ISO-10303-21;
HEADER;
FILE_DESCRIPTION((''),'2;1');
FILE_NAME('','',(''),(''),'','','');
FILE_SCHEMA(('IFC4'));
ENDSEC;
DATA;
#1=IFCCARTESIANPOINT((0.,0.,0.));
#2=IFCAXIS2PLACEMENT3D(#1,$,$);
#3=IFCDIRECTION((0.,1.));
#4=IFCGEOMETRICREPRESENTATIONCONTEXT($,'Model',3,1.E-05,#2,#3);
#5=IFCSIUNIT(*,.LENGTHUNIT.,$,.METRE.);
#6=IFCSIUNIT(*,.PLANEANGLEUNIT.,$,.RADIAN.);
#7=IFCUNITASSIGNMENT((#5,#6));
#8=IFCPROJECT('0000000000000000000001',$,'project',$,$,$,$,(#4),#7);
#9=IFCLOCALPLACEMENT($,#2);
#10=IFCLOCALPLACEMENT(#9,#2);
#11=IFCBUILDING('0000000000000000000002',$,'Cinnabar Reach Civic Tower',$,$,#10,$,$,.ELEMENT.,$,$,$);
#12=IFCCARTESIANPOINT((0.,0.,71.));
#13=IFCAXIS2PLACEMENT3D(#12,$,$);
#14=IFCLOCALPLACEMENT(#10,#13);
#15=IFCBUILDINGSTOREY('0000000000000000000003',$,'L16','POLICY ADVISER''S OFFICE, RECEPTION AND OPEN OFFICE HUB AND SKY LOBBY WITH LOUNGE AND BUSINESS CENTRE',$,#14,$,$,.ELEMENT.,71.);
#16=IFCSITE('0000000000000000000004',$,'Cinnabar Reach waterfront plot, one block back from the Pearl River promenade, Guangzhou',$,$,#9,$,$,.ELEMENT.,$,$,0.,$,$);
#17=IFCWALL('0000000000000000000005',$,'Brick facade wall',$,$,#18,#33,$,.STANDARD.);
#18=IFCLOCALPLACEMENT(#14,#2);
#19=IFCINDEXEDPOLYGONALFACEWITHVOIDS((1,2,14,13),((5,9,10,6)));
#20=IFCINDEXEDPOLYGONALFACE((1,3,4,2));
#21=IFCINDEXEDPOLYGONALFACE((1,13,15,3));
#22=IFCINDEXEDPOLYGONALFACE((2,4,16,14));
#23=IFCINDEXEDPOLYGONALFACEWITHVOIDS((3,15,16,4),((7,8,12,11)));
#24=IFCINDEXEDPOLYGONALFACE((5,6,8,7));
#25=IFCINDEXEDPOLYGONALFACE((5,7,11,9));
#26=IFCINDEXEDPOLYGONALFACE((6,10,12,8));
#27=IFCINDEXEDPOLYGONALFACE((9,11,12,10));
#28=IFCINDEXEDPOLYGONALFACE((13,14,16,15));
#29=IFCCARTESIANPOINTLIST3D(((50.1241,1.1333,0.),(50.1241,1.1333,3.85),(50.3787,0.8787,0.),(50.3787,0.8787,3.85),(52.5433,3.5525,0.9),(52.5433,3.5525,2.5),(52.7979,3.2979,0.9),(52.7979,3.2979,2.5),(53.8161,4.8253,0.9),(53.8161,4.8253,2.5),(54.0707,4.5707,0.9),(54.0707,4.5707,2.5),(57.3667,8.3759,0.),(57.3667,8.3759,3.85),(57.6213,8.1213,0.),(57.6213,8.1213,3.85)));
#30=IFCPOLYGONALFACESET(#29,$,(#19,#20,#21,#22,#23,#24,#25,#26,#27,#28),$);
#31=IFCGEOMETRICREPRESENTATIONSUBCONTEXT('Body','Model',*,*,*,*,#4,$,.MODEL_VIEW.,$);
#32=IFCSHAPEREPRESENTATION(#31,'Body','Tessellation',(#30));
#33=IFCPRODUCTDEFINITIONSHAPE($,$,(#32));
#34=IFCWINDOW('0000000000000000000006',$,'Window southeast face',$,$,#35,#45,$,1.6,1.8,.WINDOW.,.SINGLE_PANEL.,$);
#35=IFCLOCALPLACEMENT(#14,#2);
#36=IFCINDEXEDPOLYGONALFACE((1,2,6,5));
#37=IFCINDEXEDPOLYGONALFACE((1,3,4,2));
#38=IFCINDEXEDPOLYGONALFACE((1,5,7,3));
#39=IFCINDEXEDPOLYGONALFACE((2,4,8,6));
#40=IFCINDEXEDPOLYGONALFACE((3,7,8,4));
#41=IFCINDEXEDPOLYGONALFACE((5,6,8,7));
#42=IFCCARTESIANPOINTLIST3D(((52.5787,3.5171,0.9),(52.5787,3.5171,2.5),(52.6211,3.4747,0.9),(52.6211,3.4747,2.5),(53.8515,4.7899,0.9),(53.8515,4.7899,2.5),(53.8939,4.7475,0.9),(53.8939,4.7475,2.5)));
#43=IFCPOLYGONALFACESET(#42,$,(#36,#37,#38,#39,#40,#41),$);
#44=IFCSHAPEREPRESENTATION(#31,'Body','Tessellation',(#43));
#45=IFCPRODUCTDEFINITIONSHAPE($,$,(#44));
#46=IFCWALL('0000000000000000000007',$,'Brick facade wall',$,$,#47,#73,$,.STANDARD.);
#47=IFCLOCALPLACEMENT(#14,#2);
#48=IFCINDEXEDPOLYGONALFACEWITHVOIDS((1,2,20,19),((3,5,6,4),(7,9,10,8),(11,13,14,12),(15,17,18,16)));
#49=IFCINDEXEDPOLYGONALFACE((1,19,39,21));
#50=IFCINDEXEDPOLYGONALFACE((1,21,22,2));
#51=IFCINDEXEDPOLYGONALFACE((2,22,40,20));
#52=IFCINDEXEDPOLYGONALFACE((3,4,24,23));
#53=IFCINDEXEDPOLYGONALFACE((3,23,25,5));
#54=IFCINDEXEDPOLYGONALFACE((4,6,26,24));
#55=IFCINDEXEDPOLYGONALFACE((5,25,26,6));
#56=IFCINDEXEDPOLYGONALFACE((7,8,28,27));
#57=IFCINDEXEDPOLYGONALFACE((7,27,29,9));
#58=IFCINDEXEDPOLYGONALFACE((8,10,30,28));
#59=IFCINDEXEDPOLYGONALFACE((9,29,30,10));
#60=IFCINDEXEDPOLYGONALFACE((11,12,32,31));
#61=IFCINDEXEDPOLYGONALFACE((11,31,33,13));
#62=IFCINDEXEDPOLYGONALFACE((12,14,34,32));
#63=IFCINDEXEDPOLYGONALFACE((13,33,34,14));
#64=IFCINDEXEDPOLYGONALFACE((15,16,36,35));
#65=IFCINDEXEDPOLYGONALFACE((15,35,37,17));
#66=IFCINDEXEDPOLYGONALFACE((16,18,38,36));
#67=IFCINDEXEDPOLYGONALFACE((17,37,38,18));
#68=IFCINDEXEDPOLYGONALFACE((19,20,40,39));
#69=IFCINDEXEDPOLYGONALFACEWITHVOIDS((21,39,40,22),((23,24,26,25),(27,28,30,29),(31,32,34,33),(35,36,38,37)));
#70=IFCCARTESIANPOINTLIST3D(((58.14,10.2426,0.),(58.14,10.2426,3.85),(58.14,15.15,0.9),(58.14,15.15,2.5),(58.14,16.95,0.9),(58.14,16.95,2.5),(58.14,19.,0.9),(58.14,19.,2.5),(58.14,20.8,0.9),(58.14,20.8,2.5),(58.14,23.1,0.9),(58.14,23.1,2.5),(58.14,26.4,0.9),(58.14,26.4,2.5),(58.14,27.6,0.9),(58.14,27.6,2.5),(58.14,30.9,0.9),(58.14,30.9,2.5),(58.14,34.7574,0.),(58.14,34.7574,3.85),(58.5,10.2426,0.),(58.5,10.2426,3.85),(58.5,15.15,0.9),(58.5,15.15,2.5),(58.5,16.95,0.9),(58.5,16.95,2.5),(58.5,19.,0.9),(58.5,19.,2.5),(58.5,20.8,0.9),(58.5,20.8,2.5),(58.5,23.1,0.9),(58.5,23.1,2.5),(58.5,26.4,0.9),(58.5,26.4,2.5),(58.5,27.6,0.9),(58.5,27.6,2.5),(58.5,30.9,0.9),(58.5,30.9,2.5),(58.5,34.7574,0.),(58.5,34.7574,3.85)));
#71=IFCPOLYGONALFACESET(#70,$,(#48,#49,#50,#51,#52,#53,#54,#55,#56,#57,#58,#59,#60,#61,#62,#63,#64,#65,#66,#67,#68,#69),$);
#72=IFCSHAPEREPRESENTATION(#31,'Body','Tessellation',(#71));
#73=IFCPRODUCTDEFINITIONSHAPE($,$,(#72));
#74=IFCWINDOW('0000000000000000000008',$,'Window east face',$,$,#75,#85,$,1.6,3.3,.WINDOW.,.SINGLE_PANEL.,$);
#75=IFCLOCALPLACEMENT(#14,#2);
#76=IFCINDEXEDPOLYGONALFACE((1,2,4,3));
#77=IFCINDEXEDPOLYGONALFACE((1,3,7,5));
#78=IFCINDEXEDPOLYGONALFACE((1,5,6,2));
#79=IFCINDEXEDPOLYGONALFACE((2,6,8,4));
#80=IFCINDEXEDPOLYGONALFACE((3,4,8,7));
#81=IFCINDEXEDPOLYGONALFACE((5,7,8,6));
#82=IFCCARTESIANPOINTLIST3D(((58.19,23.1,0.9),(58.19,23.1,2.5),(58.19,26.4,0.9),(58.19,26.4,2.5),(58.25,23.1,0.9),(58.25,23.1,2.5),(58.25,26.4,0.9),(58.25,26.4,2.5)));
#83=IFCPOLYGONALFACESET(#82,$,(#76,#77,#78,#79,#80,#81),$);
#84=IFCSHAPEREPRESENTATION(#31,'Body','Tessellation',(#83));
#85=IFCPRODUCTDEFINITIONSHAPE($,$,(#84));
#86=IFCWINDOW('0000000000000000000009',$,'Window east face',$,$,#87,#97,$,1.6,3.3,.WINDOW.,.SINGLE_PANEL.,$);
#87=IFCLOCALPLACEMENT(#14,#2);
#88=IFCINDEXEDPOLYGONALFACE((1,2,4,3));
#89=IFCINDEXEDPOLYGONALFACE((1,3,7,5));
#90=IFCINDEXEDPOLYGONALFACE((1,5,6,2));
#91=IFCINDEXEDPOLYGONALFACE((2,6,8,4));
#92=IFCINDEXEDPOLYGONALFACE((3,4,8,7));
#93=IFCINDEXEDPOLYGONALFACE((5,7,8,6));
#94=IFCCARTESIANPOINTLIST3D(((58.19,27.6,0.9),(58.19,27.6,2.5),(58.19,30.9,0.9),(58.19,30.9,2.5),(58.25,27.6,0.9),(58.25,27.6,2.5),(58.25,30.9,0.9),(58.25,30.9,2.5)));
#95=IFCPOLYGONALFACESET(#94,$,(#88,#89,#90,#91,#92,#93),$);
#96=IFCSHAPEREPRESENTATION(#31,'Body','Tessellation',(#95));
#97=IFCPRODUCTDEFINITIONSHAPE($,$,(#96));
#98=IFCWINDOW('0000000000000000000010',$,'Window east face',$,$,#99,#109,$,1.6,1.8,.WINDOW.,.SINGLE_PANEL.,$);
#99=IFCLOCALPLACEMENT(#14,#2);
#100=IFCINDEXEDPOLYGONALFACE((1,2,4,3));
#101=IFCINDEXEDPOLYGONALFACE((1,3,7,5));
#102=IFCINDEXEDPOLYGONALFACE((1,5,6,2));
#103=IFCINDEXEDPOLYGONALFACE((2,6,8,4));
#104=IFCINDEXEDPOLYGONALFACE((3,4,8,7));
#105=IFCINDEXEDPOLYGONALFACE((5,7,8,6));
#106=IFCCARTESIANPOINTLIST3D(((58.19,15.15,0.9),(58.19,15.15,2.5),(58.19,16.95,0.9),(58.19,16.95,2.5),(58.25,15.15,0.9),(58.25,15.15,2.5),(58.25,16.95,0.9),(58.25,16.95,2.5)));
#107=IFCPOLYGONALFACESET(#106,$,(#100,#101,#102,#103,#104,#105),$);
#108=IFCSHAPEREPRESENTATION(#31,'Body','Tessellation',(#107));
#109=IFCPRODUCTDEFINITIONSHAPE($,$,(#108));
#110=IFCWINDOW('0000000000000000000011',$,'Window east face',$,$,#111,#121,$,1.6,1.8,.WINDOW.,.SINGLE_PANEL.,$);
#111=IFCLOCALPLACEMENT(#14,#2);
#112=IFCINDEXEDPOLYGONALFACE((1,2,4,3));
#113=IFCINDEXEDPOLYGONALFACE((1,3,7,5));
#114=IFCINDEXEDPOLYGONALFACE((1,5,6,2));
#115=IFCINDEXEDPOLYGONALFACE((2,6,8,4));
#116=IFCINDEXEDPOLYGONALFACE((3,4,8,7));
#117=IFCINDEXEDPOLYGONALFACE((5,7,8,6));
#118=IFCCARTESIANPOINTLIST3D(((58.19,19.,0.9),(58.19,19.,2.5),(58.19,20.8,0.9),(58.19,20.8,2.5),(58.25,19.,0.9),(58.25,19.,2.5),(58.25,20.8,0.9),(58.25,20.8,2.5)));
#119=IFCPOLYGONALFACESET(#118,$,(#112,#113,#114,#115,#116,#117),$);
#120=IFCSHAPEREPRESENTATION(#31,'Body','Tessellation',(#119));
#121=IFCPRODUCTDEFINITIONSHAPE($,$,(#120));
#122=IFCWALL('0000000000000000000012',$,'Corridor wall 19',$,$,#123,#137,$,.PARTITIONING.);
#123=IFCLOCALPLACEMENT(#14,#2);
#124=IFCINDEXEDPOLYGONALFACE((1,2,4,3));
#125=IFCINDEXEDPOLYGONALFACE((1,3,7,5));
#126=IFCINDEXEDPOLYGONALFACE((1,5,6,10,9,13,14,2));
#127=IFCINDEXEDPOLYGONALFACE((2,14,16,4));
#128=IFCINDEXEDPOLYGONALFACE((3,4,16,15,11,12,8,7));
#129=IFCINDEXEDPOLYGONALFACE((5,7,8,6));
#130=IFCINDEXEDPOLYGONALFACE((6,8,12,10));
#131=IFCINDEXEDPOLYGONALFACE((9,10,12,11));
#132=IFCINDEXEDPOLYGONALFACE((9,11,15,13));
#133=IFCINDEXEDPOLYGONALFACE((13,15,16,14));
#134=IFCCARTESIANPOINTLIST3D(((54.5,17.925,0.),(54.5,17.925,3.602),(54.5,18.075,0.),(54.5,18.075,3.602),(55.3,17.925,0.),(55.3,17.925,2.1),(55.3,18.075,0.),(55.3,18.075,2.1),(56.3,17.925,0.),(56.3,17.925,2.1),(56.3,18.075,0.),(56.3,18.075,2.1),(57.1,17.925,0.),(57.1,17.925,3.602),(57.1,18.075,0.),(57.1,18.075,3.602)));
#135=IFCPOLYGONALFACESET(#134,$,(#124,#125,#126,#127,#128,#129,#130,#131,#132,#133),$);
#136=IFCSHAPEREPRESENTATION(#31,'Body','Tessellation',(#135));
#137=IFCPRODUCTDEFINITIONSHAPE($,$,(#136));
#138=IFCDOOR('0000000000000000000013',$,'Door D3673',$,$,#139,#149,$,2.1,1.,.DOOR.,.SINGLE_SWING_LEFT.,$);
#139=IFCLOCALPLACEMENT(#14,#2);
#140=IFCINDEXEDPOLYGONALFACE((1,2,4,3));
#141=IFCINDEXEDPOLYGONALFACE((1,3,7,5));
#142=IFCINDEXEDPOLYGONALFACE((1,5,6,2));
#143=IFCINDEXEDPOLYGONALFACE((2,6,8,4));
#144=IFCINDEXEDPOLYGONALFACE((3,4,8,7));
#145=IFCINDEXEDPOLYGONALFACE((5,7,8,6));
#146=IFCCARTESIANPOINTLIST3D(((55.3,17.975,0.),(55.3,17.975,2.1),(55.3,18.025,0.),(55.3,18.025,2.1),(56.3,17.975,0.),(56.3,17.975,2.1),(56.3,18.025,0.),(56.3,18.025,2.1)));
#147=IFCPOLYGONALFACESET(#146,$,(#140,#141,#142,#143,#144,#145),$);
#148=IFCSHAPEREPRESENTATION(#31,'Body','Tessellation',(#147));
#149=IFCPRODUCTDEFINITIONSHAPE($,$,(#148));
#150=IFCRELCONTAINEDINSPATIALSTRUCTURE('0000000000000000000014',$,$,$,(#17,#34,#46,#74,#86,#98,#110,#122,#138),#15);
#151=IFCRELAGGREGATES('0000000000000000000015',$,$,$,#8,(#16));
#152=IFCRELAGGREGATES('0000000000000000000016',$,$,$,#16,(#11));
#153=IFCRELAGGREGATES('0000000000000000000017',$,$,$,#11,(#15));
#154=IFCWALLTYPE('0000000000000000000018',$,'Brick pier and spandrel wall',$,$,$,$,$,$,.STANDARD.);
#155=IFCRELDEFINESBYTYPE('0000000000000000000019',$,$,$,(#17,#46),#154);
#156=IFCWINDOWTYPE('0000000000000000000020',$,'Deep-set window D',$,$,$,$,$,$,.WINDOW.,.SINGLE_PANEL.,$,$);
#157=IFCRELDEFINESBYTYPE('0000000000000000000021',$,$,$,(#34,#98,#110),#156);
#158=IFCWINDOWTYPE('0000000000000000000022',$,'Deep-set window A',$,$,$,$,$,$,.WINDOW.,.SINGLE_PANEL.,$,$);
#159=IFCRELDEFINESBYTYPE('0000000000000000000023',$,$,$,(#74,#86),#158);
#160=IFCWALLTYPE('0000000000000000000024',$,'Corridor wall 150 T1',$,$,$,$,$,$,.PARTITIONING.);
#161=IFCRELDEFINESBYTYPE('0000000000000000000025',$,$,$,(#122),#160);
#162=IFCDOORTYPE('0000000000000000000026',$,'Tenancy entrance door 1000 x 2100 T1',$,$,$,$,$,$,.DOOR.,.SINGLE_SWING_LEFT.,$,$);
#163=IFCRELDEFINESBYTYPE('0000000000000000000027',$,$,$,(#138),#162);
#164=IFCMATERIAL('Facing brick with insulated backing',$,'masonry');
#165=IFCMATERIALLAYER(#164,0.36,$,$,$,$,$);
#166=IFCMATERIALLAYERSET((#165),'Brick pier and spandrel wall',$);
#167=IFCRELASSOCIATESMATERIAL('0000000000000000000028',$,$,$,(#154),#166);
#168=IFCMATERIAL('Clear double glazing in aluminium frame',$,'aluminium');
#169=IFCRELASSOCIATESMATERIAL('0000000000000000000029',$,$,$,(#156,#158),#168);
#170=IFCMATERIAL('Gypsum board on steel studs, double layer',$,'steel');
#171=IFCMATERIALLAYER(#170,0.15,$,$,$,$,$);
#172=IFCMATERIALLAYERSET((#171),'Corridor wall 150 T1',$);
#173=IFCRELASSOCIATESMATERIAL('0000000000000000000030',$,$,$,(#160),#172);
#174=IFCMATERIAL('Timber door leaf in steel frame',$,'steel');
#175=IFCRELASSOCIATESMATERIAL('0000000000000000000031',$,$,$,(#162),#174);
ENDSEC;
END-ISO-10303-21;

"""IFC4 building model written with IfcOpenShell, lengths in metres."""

from ifc_helpers import new_model, si_unit, direction, frame, frame_2d, origin, place, context, subcontext, project, spatial, rectangle, extrude, material, layer, layer_set, type_object, element, fill, save


model = new_model("IFC4")

# Units and contexts
model_context = context("Model", 3, precision=1e-05, world=origin(), true_north=direction((0.0, 1.0)))
body_context = subcontext(model_context, "Body", "Model", "MODEL_VIEW")
ifc_project = project(units=[si_unit("LENGTHUNIT", "METRE"), si_unit("PLANEANGLEUNIT", "RADIAN")], contexts=[model_context])

# Site, building, storey
site_placement = place(None, origin())
site = spatial("IfcSite", under=ifc_project, at=site_placement, Name="Cinnabar Reach waterfront plot, one block back from the Pearl River promenade, Guangzhou", CompositionType="ELEMENT", RefElevation=0.0)
building_placement = place(site_placement, origin())
building = spatial("IfcBuilding", under=site, at=building_placement, Name="Cinnabar Reach Civic Tower", CompositionType="ELEMENT")
storey_placement = place(building_placement, frame((0.0, 0.0, 71.0)))
storey = spatial("IfcBuildingStorey", under=building, at=storey_placement, Name="L16", Description="POLICY ADVISER'S OFFICE, RECEPTION AND OPEN OFFICE HUB AND SKY LOBBY WITH LOUNGE AND BUSINESS CENTRE", CompositionType="ELEMENT", Elevation=71.0)

# Shared definitions
ifc_material_1 = material(Name="Facing brick with insulated backing", Category="masonry")

# Wall, opening, window
ifc_layer_1 = layer(ifc_material_1, 0.36)
ifc_layer_set_1 = layer_set([ifc_layer_1], Name="Brick pier and spandrel wall")
wall_type_1 = type_object("IfcWallType", Name="Brick pier and spandrel wall", PredefinedType="STANDARD", material=ifc_layer_set_1)
wall_1_placement = place(storey_placement, frame((50.2514, 1.006, 0.0), z_axis=(0.0, 0.0, 1.0), x_axis=(0.707107, 0.707107, 0.0)))
wall_1 = element("IfcWall", 1, at=wall_1_placement, inside=storey, type_object=wall_type_1, Name="Brick facade wall", PredefinedType="STANDARD", context=body_context, shape_type="SweptSolid", body=[
    extrude(rectangle(XDim=10.2426, YDim=0.36, at=frame_2d((5.1213, 0.0))), origin(), (0.0, 0.0, 1.0), 3.85),
])
opening_1_placement = place(wall_1_placement, frame((3.4213, 0.0, 0.9)))
opening_1 = element("IfcOpeningElement", 2, at=opening_1_placement, cuts=wall_1, PredefinedType="OPENING", context=body_context, shape_type="SweptSolid", body=[
    extrude(rectangle(XDim=1.8, YDim=1.6, at=frame_2d((0.9, 0.8))), frame((0.0, 0.19, 0.0), z_axis=(0.0, -1.0, 0.0), x_axis=(1.0, 0.0, 0.0)), (0.0, 0.0, 1.0), 0.38),
])
ifc_material_2 = material(Name="Clear double glazing in aluminium frame", Category="aluminium")
window_type_1 = type_object("IfcWindowType", Name="Deep-set window D", PartitioningType="SINGLE_PANEL", PredefinedType="WINDOW", material=ifc_material_2)
window_1_placement = place(opening_1_placement, origin())
window_1 = element("IfcWindow", 3, at=window_1_placement, inside=storey, type_object=window_type_1, Name="Window southeast face", OverallHeight=1.6, OverallWidth=1.8, PartitioningType="SINGLE_PANEL", PredefinedType="WINDOW", context=body_context, shape_type="SweptSolid", body=[
    extrude(rectangle(XDim=1.8, YDim=1.6, at=frame_2d((0.9, 0.8))), frame((0.0, 0.13, 0.0), z_axis=(0.0, -1.0, 0.0), x_axis=(1.0, 0.0, 0.0)), (0.0, 0.0, 1.0), 0.06),
])
fill(opening_1, window_1)

# Wall, openings, windows
wall_2_placement = place(storey_placement, frame((58.32, 10.2426, 0.0), z_axis=(0.0, 0.0, 1.0), x_axis=(0.0, 1.0, 0.0)))
wall_2 = element("IfcWall", 4, at=wall_2_placement, inside=storey, type_object=wall_type_1, Name="Brick facade wall", PredefinedType="STANDARD", context=body_context, shape_type="SweptSolid", body=[
    extrude(rectangle(XDim=24.5148, YDim=0.36, at=frame_2d((12.2574, 0.0))), origin(), (0.0, 0.0, 1.0), 3.85),
])
opening_2_placement = place(wall_2_placement, frame((4.9074, 0.0, 0.9)))
opening_2 = element("IfcOpeningElement", 5, at=opening_2_placement, cuts=wall_2, PredefinedType="OPENING", context=body_context, shape_type="SweptSolid", body=[
    extrude(rectangle(XDim=1.8, YDim=1.6, at=frame_2d((0.9, 0.8))), frame((0.0, 0.19, 0.0), z_axis=(0.0, -1.0, 0.0), x_axis=(1.0, 0.0, 0.0)), (0.0, 0.0, 1.0), 0.38),
])
opening_3_placement = place(wall_2_placement, frame((8.7574, 0.0, 0.9)))
opening_3 = element("IfcOpeningElement", 6, at=opening_3_placement, cuts=wall_2, PredefinedType="OPENING", context=body_context, shape_type="SweptSolid", body=[
    extrude(rectangle(XDim=1.8, YDim=1.6, at=frame_2d((0.9, 0.8))), frame((0.0, 0.19, 0.0), z_axis=(0.0, -1.0, 0.0), x_axis=(1.0, 0.0, 0.0)), (0.0, 0.0, 1.0), 0.38),
])
opening_4_placement = place(wall_2_placement, frame((12.8574, 0.0, 0.9)))
opening_4 = element("IfcOpeningElement", 7, at=opening_4_placement, cuts=wall_2, PredefinedType="OPENING", context=body_context, shape_type="SweptSolid", body=[
    extrude(rectangle(XDim=3.3, YDim=1.6, at=frame_2d((1.65, 0.8))), frame((0.0, 0.19, 0.0), z_axis=(0.0, -1.0, 0.0), x_axis=(1.0, 0.0, 0.0)), (0.0, 0.0, 1.0), 0.38),
])
opening_5_placement = place(wall_2_placement, frame((17.3574, 0.0, 0.9)))
opening_5 = element("IfcOpeningElement", 8, at=opening_5_placement, cuts=wall_2, PredefinedType="OPENING", context=body_context, shape_type="SweptSolid", body=[
    extrude(rectangle(XDim=3.3, YDim=1.6, at=frame_2d((1.65, 0.8))), frame((0.0, 0.19, 0.0), z_axis=(0.0, -1.0, 0.0), x_axis=(1.0, 0.0, 0.0)), (0.0, 0.0, 1.0), 0.38),
])
window_type_2 = type_object("IfcWindowType", Name="Deep-set window A", PartitioningType="SINGLE_PANEL", PredefinedType="WINDOW", material=ifc_material_2)
window_2_placement = place(opening_4_placement, origin())
window_2 = element("IfcWindow", 9, at=window_2_placement, inside=storey, type_object=window_type_2, Name="Window east face", OverallHeight=1.6, OverallWidth=3.3, PartitioningType="SINGLE_PANEL", PredefinedType="WINDOW", context=body_context, shape_type="SweptSolid", body=[
    extrude(rectangle(XDim=3.3, YDim=1.6, at=frame_2d((1.65, 0.8))), frame((0.0, 0.13, 0.0), z_axis=(0.0, -1.0, 0.0), x_axis=(1.0, 0.0, 0.0)), (0.0, 0.0, 1.0), 0.06),
])
fill(opening_4, window_2)
window_3_placement = place(opening_5_placement, origin())
window_3 = element("IfcWindow", 10, at=window_3_placement, inside=storey, type_object=window_type_2, Name="Window east face", OverallHeight=1.6, OverallWidth=3.3, PartitioningType="SINGLE_PANEL", PredefinedType="WINDOW", context=body_context, shape_type="SweptSolid", body=[
    extrude(rectangle(XDim=3.3, YDim=1.6, at=frame_2d((1.65, 0.8))), frame((0.0, 0.13, 0.0), z_axis=(0.0, -1.0, 0.0), x_axis=(1.0, 0.0, 0.0)), (0.0, 0.0, 1.0), 0.06),
])
fill(opening_5, window_3)
window_4_placement = place(opening_2_placement, origin())
window_4 = element("IfcWindow", 11, at=window_4_placement, inside=storey, type_object=window_type_1, Name="Window east face", OverallHeight=1.6, OverallWidth=1.8, PartitioningType="SINGLE_PANEL", PredefinedType="WINDOW", context=body_context, shape_type="SweptSolid", body=[
    extrude(rectangle(XDim=1.8, YDim=1.6, at=frame_2d((0.9, 0.8))), frame((0.0, 0.13, 0.0), z_axis=(0.0, -1.0, 0.0), x_axis=(1.0, 0.0, 0.0)), (0.0, 0.0, 1.0), 0.06),
])
fill(opening_2, window_4)
window_5_placement = place(opening_3_placement, origin())
window_5 = element("IfcWindow", 12, at=window_5_placement, inside=storey, type_object=window_type_1, Name="Window east face", OverallHeight=1.6, OverallWidth=1.8, PartitioningType="SINGLE_PANEL", PredefinedType="WINDOW", context=body_context, shape_type="SweptSolid", body=[
    extrude(rectangle(XDim=1.8, YDim=1.6, at=frame_2d((0.9, 0.8))), frame((0.0, 0.13, 0.0), z_axis=(0.0, -1.0, 0.0), x_axis=(1.0, 0.0, 0.0)), (0.0, 0.0, 1.0), 0.06),
])
fill(opening_3, window_5)

# Wall, opening, door
ifc_material_3 = material(Name="Gypsum board on steel studs, double layer", Category="steel")
ifc_layer_2 = layer(ifc_material_3, 0.15)
ifc_layer_set_2 = layer_set([ifc_layer_2], Name="Corridor wall 150 T1")
wall_type_2 = type_object("IfcWallType", Name="Corridor wall 150 T1", PredefinedType="PARTITIONING", material=ifc_layer_set_2)
wall_3_placement = place(storey_placement, frame((54.5, 18.0, 0.0), z_axis=(0.0, 0.0, 1.0), x_axis=(1.0, 0.0, 0.0)))
wall_3 = element("IfcWall", 13, at=wall_3_placement, inside=storey, type_object=wall_type_2, Name="Corridor wall 19", PredefinedType="PARTITIONING", context=body_context, shape_type="SweptSolid", body=[
    extrude(rectangle(XDim=2.6, YDim=0.15, at=frame_2d((1.3, 0.0))), origin(), (0.0, 0.0, 1.0), 3.602),
])
opening_6_placement = place(wall_3_placement, frame((0.8, 0.0, 0.0)))
opening_6 = element("IfcOpeningElement", 14, at=opening_6_placement, cuts=wall_3, PredefinedType="OPENING", context=body_context, shape_type="SweptSolid", body=[
    extrude(rectangle(XDim=1.0, YDim=2.1, at=frame_2d((0.5, 1.05))), frame((0.0, 0.085, 0.0), z_axis=(0.0, -1.0, 0.0), x_axis=(1.0, 0.0, 0.0)), (0.0, 0.0, 1.0), 0.17),
])
ifc_material_4 = material(Name="Timber door leaf in steel frame", Category="steel")
door_type_1 = type_object("IfcDoorType", Name="Tenancy entrance door 1000 x 2100 T1", OperationType="SINGLE_SWING_LEFT", PredefinedType="DOOR", material=ifc_material_4)
door_1_placement = place(opening_6_placement, frame((1.0, 0.0, 0.0), z_axis=(0.0, 0.0, 1.0), x_axis=(-1.0, 0.0, 0.0)))
door_1 = element("IfcDoor", 15, at=door_1_placement, inside=storey, type_object=door_type_1, Name="Door D3673", OperationType="SINGLE_SWING_LEFT", OverallHeight=2.1, OverallWidth=1.0, PredefinedType="DOOR", context=body_context, shape_type="SweptSolid", body=[
    extrude(rectangle(XDim=1.0, YDim=2.1, at=frame_2d((0.5, 1.05))), frame((0.0, 0.025, 0.0), z_axis=(0.0, -1.0, 0.0), x_axis=(1.0, 0.0, 0.0)), (0.0, 0.0, 1.0), 0.05),
])
fill(opening_6, door_1)

save(model, "model.ifc")
